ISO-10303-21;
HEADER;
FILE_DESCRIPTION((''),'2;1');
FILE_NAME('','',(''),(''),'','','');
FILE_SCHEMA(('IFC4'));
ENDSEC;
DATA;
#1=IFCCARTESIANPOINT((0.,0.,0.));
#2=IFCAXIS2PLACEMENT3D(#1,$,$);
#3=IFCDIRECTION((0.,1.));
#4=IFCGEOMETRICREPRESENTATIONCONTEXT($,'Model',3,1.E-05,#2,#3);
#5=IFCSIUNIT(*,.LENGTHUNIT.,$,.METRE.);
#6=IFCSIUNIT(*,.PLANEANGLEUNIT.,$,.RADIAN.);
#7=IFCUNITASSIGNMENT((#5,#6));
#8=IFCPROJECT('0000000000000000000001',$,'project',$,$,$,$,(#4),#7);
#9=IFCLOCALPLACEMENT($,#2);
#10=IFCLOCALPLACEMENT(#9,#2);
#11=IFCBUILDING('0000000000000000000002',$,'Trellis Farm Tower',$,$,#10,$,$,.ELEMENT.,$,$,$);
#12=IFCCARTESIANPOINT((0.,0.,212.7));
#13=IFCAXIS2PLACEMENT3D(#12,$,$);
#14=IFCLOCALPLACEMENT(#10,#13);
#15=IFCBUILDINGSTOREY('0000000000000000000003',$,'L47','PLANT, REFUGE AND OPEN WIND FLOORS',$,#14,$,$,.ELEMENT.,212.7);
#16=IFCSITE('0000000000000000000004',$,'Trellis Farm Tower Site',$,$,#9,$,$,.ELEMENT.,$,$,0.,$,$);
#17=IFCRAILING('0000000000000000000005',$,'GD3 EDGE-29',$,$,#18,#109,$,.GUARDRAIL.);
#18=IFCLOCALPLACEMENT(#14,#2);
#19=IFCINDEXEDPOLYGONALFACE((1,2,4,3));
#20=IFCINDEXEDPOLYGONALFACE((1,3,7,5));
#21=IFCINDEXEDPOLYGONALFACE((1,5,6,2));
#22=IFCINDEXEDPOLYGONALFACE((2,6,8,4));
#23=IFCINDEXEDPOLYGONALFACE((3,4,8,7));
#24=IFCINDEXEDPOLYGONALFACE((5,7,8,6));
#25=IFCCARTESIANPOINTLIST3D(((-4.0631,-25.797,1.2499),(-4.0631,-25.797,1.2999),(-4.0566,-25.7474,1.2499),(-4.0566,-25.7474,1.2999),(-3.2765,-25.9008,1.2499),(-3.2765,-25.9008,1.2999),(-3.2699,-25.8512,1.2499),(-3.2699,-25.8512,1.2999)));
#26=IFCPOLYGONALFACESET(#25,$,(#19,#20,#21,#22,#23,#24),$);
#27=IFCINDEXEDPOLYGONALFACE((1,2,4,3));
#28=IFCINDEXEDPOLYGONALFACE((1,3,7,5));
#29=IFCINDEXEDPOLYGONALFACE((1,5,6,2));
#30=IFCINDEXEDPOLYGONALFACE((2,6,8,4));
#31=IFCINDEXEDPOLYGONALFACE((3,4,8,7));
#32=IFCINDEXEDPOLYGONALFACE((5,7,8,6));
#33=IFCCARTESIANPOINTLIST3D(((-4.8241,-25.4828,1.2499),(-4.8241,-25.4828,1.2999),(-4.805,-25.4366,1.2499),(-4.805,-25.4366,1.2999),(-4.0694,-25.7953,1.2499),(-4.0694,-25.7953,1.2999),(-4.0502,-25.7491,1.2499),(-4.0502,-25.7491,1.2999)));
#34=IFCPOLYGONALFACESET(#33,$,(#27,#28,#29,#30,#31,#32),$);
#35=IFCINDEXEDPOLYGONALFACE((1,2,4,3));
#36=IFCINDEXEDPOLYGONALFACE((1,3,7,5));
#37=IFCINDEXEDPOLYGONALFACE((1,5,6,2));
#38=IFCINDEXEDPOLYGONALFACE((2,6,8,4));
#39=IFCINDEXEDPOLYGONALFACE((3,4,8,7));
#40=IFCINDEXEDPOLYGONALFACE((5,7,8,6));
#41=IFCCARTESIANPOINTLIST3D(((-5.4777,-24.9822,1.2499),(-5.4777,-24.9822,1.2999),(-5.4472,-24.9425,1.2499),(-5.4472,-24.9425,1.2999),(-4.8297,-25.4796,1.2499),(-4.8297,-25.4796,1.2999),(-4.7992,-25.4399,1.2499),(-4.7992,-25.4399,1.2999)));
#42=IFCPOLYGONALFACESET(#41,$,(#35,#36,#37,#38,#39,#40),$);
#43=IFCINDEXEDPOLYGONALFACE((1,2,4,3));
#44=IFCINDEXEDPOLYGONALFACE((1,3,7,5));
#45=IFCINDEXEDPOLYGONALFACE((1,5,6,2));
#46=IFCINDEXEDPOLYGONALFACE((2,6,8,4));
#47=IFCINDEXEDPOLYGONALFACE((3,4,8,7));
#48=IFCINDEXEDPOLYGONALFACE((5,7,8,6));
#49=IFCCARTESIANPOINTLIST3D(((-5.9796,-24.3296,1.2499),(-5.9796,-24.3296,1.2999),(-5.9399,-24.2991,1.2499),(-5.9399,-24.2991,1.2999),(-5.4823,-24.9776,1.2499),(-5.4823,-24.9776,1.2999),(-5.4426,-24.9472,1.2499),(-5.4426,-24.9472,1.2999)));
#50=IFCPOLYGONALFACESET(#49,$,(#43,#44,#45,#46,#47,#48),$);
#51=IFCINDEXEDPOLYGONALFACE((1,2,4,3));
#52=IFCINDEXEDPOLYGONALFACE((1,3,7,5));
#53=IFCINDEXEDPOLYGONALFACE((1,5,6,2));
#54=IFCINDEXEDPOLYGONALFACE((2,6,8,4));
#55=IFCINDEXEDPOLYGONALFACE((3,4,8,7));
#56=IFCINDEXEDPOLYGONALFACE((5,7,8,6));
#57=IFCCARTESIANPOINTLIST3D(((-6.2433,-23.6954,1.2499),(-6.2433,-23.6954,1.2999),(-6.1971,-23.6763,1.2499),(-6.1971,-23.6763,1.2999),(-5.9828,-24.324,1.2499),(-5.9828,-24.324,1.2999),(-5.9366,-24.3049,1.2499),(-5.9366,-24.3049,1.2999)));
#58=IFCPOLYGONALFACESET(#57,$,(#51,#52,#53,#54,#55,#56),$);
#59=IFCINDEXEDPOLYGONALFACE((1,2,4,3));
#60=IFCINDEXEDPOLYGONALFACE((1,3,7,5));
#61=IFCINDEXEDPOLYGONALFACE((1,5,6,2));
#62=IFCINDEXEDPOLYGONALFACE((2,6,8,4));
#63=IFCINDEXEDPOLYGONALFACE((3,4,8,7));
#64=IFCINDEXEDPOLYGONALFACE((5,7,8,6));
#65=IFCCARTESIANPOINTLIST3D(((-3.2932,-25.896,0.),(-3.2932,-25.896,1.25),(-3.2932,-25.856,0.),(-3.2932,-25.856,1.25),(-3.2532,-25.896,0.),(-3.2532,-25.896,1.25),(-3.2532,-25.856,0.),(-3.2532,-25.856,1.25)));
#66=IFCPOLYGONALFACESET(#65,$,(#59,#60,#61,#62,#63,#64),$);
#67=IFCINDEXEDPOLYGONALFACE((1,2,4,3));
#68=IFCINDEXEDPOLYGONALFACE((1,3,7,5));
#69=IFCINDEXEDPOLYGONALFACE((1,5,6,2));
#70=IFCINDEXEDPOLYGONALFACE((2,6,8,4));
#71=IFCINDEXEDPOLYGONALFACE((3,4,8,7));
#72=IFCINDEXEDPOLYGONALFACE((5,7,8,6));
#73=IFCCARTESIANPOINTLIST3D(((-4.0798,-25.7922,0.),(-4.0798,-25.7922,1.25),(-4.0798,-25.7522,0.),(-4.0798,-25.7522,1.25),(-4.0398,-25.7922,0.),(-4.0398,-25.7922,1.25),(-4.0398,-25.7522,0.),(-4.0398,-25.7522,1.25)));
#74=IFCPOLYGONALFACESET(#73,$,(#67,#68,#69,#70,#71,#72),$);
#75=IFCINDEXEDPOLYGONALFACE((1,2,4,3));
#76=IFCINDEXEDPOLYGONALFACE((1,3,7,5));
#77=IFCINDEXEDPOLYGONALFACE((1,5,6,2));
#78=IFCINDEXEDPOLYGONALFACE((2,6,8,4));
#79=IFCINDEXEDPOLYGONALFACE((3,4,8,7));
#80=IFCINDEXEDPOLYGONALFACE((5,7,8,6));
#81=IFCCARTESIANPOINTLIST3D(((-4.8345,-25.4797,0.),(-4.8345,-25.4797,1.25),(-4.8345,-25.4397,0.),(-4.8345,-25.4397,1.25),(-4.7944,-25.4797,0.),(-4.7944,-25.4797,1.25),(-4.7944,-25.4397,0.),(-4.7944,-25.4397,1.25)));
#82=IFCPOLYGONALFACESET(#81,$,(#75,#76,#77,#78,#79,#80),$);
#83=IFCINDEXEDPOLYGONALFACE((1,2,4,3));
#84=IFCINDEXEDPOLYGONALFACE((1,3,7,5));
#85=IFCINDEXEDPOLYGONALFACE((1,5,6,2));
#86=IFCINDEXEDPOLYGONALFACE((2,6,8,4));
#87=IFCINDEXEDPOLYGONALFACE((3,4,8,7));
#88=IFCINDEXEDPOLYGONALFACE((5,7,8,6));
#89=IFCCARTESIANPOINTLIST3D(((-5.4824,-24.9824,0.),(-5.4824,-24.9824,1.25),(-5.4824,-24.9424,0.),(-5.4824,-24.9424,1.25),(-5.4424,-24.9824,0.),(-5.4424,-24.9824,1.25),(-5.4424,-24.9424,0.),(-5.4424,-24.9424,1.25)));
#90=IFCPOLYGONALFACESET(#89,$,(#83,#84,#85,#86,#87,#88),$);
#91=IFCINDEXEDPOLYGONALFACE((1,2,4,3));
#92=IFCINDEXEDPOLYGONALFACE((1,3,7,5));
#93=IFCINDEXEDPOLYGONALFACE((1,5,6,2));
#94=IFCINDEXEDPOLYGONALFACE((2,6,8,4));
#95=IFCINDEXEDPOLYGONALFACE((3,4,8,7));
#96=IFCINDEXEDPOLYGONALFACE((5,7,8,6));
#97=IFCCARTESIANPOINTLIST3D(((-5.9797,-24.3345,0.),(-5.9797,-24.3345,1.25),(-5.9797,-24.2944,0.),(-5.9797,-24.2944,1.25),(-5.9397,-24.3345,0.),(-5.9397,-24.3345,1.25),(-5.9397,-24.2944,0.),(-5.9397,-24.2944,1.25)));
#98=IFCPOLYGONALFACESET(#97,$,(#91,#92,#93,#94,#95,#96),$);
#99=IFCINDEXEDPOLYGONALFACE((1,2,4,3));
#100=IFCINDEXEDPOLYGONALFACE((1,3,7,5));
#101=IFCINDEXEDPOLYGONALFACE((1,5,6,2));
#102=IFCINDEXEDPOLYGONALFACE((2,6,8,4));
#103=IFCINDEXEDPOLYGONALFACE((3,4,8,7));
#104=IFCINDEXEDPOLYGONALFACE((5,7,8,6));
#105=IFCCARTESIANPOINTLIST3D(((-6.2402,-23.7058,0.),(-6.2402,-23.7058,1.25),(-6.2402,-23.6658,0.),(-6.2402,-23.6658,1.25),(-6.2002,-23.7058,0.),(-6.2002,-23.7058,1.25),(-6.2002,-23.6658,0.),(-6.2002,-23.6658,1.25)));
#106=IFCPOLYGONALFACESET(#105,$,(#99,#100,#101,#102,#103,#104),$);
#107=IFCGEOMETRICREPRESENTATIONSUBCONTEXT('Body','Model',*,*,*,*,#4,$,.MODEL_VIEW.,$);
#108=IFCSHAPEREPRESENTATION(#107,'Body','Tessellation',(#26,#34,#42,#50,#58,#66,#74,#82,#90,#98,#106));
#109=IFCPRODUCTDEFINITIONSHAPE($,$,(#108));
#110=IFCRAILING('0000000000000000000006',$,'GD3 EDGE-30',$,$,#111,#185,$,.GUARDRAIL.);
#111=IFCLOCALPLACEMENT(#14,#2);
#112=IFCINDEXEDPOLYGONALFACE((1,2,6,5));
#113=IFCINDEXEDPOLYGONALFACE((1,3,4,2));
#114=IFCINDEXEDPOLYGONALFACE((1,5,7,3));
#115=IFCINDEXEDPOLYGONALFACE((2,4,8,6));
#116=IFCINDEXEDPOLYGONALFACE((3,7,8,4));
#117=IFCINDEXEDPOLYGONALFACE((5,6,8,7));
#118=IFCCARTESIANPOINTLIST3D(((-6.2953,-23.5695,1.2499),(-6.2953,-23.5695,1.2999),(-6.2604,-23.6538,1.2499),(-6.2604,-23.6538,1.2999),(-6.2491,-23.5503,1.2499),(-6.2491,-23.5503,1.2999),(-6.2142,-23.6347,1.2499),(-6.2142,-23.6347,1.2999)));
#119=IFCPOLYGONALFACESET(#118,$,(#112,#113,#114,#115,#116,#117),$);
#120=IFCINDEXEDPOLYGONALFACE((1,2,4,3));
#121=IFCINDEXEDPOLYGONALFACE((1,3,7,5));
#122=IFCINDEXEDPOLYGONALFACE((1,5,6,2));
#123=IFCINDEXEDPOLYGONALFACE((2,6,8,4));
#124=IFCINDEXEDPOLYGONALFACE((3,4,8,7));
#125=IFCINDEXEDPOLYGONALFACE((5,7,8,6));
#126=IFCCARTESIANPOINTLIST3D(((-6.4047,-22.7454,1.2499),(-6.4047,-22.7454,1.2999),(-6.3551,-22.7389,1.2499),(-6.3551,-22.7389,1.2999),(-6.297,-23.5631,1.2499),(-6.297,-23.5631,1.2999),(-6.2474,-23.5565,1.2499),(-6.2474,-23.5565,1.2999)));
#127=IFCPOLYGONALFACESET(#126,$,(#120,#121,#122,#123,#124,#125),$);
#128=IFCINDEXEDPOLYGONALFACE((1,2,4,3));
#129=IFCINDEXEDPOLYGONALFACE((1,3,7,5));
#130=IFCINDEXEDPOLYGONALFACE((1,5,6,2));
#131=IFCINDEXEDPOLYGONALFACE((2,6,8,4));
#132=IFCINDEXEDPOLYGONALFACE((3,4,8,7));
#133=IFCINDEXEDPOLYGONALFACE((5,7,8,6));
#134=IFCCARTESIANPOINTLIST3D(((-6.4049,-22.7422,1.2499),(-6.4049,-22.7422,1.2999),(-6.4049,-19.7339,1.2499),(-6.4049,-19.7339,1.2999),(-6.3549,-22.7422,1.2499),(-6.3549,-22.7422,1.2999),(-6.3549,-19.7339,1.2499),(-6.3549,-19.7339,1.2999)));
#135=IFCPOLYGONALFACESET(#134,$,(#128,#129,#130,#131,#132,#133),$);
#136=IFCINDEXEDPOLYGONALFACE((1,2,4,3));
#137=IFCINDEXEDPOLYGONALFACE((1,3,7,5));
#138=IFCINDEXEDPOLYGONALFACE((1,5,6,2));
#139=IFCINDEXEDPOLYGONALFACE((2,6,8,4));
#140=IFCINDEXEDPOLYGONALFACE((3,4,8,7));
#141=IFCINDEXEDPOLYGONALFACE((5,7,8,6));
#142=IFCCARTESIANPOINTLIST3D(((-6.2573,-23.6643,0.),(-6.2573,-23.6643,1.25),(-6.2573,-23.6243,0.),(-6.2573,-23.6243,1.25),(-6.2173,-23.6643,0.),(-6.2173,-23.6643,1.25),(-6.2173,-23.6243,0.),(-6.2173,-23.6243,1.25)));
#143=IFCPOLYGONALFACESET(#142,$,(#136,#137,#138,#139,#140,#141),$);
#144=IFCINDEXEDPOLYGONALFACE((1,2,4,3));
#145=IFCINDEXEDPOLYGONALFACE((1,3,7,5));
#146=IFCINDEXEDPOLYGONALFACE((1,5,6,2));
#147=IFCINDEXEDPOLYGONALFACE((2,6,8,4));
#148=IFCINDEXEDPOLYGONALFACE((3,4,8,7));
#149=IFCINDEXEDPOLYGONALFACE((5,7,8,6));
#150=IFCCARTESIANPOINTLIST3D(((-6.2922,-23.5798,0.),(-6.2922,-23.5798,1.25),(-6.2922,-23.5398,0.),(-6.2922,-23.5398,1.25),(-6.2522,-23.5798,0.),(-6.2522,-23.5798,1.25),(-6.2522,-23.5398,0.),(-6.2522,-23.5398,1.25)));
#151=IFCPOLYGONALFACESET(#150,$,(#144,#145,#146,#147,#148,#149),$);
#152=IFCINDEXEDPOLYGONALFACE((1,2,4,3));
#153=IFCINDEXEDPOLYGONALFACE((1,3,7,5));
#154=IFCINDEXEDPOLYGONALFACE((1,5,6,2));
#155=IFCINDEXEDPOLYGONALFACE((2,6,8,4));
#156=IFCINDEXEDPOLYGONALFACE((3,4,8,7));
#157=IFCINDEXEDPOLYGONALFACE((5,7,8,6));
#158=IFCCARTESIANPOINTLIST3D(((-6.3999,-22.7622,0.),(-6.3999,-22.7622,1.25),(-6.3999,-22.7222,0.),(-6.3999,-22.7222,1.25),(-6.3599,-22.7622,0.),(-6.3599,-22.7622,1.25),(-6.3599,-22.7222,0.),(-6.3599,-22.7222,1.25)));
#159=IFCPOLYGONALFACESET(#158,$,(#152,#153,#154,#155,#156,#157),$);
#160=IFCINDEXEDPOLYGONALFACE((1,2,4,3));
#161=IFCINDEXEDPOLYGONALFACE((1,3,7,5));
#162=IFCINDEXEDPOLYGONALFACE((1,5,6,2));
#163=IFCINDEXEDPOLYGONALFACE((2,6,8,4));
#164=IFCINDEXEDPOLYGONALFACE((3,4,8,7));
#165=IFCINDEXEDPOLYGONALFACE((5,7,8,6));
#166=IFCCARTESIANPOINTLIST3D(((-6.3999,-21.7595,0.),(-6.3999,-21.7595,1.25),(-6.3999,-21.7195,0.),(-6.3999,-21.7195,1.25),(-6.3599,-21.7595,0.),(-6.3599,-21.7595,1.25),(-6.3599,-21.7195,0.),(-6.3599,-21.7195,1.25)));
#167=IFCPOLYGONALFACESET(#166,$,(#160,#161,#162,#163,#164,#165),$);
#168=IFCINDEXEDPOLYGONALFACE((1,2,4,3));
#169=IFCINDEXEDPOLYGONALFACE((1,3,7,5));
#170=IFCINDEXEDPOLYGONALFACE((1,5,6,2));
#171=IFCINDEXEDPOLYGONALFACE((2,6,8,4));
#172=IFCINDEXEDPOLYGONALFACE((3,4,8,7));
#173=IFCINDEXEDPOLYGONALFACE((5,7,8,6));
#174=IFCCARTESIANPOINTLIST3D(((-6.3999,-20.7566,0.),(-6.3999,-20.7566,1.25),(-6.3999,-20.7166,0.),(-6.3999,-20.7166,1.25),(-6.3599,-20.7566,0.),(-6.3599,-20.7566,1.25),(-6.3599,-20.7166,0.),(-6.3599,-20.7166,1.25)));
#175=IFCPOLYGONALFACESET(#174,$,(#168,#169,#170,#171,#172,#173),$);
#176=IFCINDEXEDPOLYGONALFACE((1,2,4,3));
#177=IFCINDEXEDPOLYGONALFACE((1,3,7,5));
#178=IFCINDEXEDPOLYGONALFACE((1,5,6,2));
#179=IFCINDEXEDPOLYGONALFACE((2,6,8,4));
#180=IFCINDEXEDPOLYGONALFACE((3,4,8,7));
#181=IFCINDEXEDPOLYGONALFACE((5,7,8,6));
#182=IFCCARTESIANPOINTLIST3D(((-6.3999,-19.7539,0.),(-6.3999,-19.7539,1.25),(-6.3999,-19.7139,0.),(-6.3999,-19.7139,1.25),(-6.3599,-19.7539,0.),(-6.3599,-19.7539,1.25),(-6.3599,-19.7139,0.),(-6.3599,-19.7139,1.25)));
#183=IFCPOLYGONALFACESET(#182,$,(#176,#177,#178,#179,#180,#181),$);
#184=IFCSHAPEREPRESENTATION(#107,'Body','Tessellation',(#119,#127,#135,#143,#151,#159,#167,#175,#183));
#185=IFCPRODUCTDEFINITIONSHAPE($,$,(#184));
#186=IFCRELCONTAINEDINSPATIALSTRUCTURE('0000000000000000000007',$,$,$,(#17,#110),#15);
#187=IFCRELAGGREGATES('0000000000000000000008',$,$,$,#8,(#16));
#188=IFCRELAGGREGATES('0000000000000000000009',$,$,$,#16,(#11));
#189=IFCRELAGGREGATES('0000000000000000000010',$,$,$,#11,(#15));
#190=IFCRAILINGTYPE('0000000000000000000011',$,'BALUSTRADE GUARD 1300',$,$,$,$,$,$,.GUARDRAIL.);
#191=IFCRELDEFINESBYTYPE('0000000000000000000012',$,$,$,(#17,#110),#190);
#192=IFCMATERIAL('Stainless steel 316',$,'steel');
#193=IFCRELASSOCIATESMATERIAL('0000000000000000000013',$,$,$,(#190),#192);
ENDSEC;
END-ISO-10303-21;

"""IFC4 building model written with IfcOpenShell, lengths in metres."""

from ifc_helpers import new_model, si_unit, direction, frame, origin, origin_2d, place, context, subcontext, project, spatial, rectangle, extrude, material, type_object, element, save


model = new_model("IFC4")

# Units and contexts
model_context = context("Model", 3, precision=1e-05, world=origin(), true_north=direction((0.0, 1.0)))
body_context = subcontext(model_context, "Body", "Model", "MODEL_VIEW")
ifc_project = project(units=[si_unit("LENGTHUNIT", "METRE"), si_unit("PLANEANGLEUNIT", "RADIAN")], contexts=[model_context])

# Site, building, storey
site_placement = place(None, origin())
site = spatial("IfcSite", under=ifc_project, at=site_placement, Name="Trellis Farm Tower Site", CompositionType="ELEMENT", RefElevation=0.0)
building_placement = place(site_placement, origin())
building = spatial("IfcBuilding", under=site, at=building_placement, Name="Trellis Farm Tower", CompositionType="ELEMENT")
storey_placement = place(building_placement, frame((0.0, 0.0, 212.7)))
storey = spatial("IfcBuildingStorey", under=building, at=storey_placement, Name="L47", Description="PLANT, REFUGE AND OPEN WIND FLOORS", CompositionType="ELEMENT", Elevation=212.7)

# Railings
ifc_material_1 = material(Name="Stainless steel 316", Category="steel")
railing_type_1 = type_object("IfcRailingType", Name="BALUSTRADE GUARD 1300", PredefinedType="GUARDRAIL", material=ifc_material_1)
railing_1_placement = place(storey_placement, frame((-3.2732, -25.876, 0.0)))
element("IfcRailing", 1, at=railing_1_placement, inside=storey, type_object=railing_type_1, Name="GD3 EDGE-29", PredefinedType="GUARDRAIL", context=body_context, shape_type="SweptSolid", body=[
    extrude(rectangle(XDim=0.05, YDim=0.05, at=origin_2d()), frame((0.0, 0.0, 1.2749), z_axis=(-0.991412, 0.130773, 0.0), x_axis=(-0.130773, -0.991412, 0.0)), (0.0, 0.0, 1.0), 0.7935),
    extrude(rectangle(XDim=0.05, YDim=0.05, at=origin_2d()), frame((-0.7866, 0.1038, 1.2749), z_axis=(-0.923915, 0.382598, 0.0), x_axis=(-0.382598, -0.923915, 0.0)), (0.0, 0.0, 1.0), 0.8169),
    extrude(rectangle(XDim=0.05, YDim=0.05, at=origin_2d()), frame((-1.5413, 0.4163, 1.2749), z_axis=(-0.793279, 0.608858, 0.0), x_axis=(-0.608858, -0.793279, 0.0)), (0.0, 0.0, 1.0), 0.8169),
    extrude(rectangle(XDim=0.05, YDim=0.05, at=origin_2d()), frame((-2.1892, 0.9136, 1.2749), z_axis=(-0.608858, 0.793279, 0.0), x_axis=(-0.793279, -0.608858, 0.0)), (0.0, 0.0, 1.0), 0.8169),
    extrude(rectangle(XDim=0.05, YDim=0.05, at=origin_2d()), frame((-2.6865, 1.5615, 1.2749), z_axis=(-0.382806, 0.923829, 0.0), x_axis=(-0.923829, -0.382806, 0.0)), (0.0, 0.0, 1.0), 0.6804),
    extrude(rectangle(XDim=0.04, YDim=0.04, at=origin_2d()), origin(), (0.0, 0.0, 1.0), 1.25),
    extrude(rectangle(XDim=0.04, YDim=0.04, at=origin_2d()), frame((-0.7866, 0.1038, 0.0)), (0.0, 0.0, 1.0), 1.25),
    extrude(rectangle(XDim=0.04, YDim=0.04, at=origin_2d()), frame((-1.5413, 0.4163, 0.0)), (0.0, 0.0, 1.0), 1.25),
    extrude(rectangle(XDim=0.04, YDim=0.04, at=origin_2d()), frame((-2.1892, 0.9136, 0.0)), (0.0, 0.0, 1.0), 1.25),
    extrude(rectangle(XDim=0.04, YDim=0.04, at=origin_2d()), frame((-2.6865, 1.5615, 0.0)), (0.0, 0.0, 1.0), 1.25),
    extrude(rectangle(XDim=0.04, YDim=0.04, at=origin_2d()), frame((-2.947, 2.1902, 0.0)), (0.0, 0.0, 1.0), 1.25),
])
railing_2_placement = place(storey_placement, frame((-6.2373, -23.6443, 0.0)))
element("IfcRailing", 2, at=railing_2_placement, inside=storey, type_object=railing_type_1, Name="GD3 EDGE-30", PredefinedType="GUARDRAIL", context=body_context, shape_type="SweptSolid", body=[
    extrude(rectangle(XDim=0.05, YDim=0.05, at=origin_2d()), frame((0.0, 0.0, 1.2749), z_axis=(-0.381959, 0.924179, 0.0), x_axis=(-0.924179, -0.381959, 0.0)), (0.0, 0.0, 1.0), 0.0913),
    extrude(rectangle(XDim=0.05, YDim=0.05, at=origin_2d()), frame((-0.0349, 0.0845, 1.2749), z_axis=(-0.130554, 0.991441, 0.0), x_axis=(-0.991441, -0.130554, 0.0)), (0.0, 0.0, 1.0), 0.8247),
    extrude(rectangle(XDim=0.05, YDim=0.05, at=origin_2d()), frame((-0.1426, 0.9021, 1.2749), z_axis=(0.0, 1.0, 0.0), x_axis=(-1.0, 0.0, 0.0)), (0.0, 0.0, 1.0), 3.0083),
    extrude(rectangle(XDim=0.04, YDim=0.04, at=origin_2d()), origin(), (0.0, 0.0, 1.0), 1.25),
    extrude(rectangle(XDim=0.04, YDim=0.04, at=origin_2d()), frame((-0.0349, 0.0845, 0.0)), (0.0, 0.0, 1.0), 1.25),
    extrude(rectangle(XDim=0.04, YDim=0.04, at=origin_2d()), frame((-0.1426, 0.9021, 0.0)), (0.0, 0.0, 1.0), 1.25),
    extrude(rectangle(XDim=0.04, YDim=0.04, at=origin_2d()), frame((-0.1426, 1.9048, 0.0)), (0.0, 0.0, 1.0), 1.25),
    extrude(rectangle(XDim=0.04, YDim=0.04, at=origin_2d()), frame((-0.1426, 2.9077, 0.0)), (0.0, 0.0, 1.0), 1.25),
    extrude(rectangle(XDim=0.04, YDim=0.04, at=origin_2d()), frame((-0.1426, 3.9104, 0.0)), (0.0, 0.0, 1.0), 1.25),
])

save(model, "model.ifc")
